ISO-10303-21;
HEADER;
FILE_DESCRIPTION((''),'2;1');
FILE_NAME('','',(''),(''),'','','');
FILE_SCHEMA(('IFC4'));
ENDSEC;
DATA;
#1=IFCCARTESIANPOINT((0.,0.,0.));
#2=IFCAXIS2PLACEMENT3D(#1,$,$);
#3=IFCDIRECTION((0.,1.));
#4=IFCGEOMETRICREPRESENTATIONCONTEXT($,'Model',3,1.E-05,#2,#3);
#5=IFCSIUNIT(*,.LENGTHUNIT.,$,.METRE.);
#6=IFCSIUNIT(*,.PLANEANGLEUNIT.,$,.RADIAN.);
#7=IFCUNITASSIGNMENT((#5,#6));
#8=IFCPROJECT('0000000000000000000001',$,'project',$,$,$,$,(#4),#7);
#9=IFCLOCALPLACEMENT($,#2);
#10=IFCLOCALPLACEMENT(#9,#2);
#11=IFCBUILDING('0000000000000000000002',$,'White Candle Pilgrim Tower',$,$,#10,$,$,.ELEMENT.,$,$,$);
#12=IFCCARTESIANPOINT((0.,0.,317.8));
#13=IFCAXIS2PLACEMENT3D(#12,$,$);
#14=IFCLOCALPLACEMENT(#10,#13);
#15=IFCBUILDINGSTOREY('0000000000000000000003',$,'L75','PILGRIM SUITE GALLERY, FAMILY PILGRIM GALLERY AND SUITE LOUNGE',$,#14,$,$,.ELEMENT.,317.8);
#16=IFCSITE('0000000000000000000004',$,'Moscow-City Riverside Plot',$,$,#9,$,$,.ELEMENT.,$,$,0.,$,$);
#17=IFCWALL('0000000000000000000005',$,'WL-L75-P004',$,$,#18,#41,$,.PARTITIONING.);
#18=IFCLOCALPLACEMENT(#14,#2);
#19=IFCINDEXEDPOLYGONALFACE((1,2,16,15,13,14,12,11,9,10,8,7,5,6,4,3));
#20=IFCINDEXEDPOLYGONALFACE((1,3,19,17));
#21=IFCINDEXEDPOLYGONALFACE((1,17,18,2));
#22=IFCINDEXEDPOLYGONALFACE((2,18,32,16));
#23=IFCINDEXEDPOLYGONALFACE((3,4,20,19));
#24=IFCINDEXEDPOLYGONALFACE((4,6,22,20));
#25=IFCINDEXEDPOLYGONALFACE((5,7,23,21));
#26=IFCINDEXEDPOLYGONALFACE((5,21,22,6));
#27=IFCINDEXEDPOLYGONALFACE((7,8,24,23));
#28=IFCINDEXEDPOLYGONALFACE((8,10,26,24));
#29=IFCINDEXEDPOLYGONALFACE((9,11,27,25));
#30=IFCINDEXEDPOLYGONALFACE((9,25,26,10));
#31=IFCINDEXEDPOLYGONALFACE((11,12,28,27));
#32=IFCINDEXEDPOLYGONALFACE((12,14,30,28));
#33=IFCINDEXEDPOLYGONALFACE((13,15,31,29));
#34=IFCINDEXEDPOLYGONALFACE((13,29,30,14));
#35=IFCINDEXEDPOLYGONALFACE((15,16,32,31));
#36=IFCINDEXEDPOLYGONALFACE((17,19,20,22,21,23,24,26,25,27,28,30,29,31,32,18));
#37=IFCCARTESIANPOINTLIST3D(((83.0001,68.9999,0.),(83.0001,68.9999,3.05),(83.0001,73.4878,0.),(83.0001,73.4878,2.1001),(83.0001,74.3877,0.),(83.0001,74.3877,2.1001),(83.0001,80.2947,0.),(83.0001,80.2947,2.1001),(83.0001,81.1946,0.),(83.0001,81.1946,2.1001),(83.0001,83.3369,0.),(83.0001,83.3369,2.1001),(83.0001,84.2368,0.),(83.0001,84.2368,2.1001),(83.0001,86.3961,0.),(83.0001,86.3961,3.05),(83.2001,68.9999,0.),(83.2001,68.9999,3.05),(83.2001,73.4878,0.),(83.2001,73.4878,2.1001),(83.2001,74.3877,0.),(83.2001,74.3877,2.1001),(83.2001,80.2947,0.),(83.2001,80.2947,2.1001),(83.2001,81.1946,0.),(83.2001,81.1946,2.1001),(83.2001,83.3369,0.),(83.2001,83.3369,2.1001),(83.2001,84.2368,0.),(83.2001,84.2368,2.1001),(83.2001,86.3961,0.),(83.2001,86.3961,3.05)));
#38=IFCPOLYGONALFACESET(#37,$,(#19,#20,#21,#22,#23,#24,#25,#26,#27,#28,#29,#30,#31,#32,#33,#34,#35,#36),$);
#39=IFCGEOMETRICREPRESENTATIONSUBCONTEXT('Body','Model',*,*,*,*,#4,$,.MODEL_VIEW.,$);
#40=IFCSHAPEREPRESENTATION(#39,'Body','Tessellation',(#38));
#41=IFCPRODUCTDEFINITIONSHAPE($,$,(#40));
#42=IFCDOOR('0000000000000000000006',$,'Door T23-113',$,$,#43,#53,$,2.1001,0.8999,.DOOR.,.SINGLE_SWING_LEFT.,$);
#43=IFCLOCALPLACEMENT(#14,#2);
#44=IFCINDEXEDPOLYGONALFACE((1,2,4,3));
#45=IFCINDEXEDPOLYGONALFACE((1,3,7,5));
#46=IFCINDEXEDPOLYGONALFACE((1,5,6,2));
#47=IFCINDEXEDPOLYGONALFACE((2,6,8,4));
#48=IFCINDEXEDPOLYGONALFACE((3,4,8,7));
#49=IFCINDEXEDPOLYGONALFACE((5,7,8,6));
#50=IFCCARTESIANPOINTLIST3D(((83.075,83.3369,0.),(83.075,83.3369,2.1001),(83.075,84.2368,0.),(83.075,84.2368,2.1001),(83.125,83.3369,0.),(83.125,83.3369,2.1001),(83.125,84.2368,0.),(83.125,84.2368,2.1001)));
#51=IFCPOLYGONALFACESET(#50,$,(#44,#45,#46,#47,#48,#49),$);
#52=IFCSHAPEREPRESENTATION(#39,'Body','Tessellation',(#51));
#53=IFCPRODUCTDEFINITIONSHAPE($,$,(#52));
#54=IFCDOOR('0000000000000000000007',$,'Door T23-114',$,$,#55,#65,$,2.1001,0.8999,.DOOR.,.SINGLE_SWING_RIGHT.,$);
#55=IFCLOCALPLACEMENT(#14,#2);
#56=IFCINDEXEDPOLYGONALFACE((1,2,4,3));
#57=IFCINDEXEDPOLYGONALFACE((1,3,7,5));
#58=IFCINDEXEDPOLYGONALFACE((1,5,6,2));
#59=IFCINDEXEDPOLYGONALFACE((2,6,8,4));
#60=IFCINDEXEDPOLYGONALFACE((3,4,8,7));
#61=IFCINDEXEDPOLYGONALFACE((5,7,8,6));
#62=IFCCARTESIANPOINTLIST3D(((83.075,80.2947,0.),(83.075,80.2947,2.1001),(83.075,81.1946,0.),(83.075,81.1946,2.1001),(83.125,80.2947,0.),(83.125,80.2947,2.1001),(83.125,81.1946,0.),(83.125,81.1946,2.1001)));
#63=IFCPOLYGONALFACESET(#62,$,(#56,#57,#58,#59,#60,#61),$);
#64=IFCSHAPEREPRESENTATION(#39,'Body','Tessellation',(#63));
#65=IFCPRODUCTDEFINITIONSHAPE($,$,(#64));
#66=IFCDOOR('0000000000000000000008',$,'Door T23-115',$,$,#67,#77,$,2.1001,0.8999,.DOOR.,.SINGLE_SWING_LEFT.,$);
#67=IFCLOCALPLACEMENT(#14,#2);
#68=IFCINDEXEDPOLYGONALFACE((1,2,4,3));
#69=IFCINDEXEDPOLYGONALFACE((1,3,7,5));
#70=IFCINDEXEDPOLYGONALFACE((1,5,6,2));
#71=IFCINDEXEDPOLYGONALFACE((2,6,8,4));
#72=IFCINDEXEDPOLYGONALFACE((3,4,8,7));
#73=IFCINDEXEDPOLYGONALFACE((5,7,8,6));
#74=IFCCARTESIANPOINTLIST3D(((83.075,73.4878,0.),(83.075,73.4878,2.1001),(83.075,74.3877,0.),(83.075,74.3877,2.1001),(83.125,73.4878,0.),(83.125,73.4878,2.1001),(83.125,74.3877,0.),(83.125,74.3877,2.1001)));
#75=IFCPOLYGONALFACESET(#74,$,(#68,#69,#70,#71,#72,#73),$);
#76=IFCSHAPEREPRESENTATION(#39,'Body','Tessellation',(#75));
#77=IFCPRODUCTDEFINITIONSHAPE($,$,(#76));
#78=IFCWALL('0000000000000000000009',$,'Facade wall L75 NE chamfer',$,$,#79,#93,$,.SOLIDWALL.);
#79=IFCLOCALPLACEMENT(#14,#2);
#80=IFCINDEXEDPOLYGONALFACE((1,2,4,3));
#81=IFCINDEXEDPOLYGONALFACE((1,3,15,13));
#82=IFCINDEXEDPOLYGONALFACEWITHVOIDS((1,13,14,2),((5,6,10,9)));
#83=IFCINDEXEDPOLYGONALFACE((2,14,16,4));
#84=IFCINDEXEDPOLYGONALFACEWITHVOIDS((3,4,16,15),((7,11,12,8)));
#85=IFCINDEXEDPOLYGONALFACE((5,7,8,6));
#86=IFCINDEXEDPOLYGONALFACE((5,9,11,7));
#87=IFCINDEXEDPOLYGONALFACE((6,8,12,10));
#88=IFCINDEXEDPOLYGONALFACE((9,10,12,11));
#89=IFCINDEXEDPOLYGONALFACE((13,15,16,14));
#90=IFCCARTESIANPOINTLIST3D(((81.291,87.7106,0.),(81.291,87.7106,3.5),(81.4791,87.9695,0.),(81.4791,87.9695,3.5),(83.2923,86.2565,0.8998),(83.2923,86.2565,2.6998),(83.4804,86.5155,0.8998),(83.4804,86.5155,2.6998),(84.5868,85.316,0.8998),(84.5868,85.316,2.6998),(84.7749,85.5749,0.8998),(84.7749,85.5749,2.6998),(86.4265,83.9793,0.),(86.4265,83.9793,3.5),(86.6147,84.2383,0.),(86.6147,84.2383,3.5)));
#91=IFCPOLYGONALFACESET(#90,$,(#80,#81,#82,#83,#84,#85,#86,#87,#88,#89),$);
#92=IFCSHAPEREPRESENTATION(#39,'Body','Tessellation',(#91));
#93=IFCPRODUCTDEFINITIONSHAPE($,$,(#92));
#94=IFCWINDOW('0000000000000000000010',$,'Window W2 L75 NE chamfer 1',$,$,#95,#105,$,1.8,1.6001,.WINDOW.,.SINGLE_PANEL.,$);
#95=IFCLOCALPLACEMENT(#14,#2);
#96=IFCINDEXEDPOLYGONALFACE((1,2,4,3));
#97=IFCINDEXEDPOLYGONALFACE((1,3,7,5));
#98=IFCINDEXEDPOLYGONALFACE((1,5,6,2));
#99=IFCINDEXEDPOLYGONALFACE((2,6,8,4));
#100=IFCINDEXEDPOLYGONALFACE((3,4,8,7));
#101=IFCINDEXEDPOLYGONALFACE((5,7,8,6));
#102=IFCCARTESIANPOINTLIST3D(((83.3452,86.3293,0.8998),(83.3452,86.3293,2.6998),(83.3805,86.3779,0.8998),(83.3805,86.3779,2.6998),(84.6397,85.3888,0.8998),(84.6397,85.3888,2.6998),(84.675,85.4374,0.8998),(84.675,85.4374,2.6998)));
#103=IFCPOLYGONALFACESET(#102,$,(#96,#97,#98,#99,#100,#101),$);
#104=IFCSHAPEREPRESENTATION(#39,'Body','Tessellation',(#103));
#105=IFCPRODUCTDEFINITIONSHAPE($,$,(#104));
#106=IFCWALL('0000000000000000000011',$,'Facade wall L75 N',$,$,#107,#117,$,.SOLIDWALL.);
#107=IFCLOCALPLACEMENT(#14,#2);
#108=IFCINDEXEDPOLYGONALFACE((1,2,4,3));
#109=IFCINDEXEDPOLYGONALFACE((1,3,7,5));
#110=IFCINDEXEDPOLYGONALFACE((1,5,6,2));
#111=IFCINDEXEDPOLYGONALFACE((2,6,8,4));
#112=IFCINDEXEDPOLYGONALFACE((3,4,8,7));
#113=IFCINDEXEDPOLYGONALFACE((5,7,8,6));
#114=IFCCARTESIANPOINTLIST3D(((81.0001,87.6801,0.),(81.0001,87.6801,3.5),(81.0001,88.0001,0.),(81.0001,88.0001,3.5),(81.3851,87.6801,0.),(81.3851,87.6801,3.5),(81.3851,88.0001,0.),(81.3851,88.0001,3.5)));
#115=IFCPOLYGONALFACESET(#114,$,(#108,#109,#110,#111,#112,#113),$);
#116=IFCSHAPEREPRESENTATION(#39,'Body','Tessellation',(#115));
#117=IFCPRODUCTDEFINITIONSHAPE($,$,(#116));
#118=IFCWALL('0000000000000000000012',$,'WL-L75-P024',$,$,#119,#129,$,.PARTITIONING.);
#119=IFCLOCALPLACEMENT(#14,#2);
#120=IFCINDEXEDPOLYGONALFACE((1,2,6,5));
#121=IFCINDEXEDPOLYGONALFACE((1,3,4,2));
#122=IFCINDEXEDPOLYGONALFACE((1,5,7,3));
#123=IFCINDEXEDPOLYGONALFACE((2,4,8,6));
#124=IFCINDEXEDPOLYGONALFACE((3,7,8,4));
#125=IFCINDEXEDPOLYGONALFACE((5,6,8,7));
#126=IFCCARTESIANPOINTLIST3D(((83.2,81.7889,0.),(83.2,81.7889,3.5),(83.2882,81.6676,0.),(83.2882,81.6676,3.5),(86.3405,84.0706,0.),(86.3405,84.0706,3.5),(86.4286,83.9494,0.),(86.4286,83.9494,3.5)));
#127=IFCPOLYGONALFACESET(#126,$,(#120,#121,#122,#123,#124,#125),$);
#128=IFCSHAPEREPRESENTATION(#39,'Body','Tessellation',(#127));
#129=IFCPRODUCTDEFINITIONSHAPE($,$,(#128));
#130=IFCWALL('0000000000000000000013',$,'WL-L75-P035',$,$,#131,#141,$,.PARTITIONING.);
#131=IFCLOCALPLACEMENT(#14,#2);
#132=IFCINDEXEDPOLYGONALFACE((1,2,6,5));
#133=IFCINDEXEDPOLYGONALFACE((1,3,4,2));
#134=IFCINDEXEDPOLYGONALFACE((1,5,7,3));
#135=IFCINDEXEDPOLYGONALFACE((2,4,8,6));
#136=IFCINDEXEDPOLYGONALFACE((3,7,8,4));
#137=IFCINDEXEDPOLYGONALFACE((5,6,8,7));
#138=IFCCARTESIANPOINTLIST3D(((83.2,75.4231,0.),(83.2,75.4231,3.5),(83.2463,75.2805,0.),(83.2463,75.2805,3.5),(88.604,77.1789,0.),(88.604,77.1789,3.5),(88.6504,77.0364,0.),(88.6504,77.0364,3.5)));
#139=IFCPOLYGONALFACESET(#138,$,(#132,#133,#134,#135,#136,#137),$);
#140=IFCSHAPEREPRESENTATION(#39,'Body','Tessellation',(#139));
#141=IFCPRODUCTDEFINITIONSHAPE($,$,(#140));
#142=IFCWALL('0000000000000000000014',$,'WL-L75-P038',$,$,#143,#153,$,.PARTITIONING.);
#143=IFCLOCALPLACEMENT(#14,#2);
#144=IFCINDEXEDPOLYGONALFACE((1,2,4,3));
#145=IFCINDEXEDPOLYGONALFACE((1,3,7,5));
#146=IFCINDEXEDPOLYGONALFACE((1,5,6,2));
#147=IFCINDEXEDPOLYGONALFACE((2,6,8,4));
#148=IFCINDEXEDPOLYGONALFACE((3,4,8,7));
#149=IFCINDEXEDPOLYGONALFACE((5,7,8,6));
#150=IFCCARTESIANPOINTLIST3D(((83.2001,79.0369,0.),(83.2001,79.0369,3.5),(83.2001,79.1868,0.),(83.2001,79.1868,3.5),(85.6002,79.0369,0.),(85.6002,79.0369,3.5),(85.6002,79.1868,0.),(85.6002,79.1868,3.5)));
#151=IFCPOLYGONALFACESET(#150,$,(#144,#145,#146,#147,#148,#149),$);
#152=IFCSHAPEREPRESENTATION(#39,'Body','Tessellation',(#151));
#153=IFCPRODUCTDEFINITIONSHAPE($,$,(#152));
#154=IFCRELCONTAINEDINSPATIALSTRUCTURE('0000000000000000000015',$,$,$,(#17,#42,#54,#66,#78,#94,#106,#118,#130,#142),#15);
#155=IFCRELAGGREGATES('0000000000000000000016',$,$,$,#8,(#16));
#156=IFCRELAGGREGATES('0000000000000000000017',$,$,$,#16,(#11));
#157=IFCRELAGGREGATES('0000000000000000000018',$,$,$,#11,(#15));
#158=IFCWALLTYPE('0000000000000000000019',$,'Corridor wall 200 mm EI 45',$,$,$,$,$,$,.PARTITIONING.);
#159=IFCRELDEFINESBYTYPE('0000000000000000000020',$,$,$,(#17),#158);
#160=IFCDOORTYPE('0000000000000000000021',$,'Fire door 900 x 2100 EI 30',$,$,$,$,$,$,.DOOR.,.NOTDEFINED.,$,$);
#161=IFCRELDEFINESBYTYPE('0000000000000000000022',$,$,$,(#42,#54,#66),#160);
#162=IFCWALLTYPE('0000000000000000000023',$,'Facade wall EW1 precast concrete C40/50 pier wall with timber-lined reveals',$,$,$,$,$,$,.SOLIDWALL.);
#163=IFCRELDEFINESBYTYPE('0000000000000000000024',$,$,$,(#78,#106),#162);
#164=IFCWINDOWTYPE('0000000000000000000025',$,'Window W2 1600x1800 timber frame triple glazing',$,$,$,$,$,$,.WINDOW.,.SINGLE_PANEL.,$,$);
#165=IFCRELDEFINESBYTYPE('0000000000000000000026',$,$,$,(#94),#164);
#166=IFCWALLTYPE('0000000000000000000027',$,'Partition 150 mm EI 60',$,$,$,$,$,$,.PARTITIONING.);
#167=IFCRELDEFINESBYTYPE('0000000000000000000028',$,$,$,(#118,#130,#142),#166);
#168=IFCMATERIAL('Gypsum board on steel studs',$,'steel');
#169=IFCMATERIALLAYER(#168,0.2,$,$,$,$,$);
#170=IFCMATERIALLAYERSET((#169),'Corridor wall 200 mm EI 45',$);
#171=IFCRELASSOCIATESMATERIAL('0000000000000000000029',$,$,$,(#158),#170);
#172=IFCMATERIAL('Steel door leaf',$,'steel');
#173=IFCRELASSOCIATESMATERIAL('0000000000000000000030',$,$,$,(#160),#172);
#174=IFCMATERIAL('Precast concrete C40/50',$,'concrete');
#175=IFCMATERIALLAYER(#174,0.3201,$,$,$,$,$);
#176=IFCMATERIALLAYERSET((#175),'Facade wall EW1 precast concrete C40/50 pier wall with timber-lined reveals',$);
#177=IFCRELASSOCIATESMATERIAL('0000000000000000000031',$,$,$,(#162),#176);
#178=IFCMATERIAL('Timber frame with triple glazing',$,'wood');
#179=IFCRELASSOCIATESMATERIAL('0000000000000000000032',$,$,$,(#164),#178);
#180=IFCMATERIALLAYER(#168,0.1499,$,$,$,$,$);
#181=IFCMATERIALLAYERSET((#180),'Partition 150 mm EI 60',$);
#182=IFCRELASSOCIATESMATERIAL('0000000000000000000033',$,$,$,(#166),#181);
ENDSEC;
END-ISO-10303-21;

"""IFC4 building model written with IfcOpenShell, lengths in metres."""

from ifc_helpers import new_model, si_unit, direction, frame, frame_2d, origin, place, context, subcontext, project, spatial, rectangle, extrude, material, layer, layer_set, type_object, element, fill, save


model = new_model("IFC4")

# Units and contexts
model_context = context("Model", 3, precision=1e-05, world=origin(), true_north=direction((0.0, 1.0)))
body_context = subcontext(model_context, "Body", "Model", "MODEL_VIEW")
ifc_project = project(units=[si_unit("LENGTHUNIT", "METRE"), si_unit("PLANEANGLEUNIT", "RADIAN")], contexts=[model_context])

# Site, building, storey
site_placement = place(None, origin())
site = spatial("IfcSite", under=ifc_project, at=site_placement, Name="Moscow-City Riverside Plot", CompositionType="ELEMENT", RefElevation=0.0)
building_placement = place(site_placement, origin())
building = spatial("IfcBuilding", under=site, at=building_placement, Name="White Candle Pilgrim Tower", CompositionType="ELEMENT")
storey_placement = place(building_placement, frame((0.0, 0.0, 317.8)))
storey = spatial("IfcBuildingStorey", under=building, at=storey_placement, Name="L75", Description="PILGRIM SUITE GALLERY, FAMILY PILGRIM GALLERY AND SUITE LOUNGE", CompositionType="ELEMENT", Elevation=317.8)

# Shared definitions
ifc_material_1 = material(Name="Steel door leaf", Category="steel")

# Wall, openings, doors
ifc_material_2 = material(Name="Gypsum board on steel studs", Category="steel")
ifc_layer_1 = layer(ifc_material_2, 0.2)
ifc_layer_set_1 = layer_set([ifc_layer_1], Name="Corridor wall 200 mm EI 45")
wall_type_1 = type_object("IfcWallType", Name="Corridor wall 200 mm EI 45", PredefinedType="PARTITIONING", material=ifc_layer_set_1)
wall_1_placement = place(storey_placement, frame((83.1001, 86.3962, 0.0), z_axis=(0.0, 0.0, 1.0), x_axis=(0.0, -1.0, 0.0)))
wall_1 = element("IfcWall", 1, at=wall_1_placement, inside=storey, type_object=wall_type_1, Name="WL-L75-P004", PredefinedType="PARTITIONING", context=body_context, shape_type="SweptSolid", body=[
    extrude(rectangle(XDim=17.3962, YDim=0.2, at=frame_2d((8.6982, 0.0))), origin(), (0.0, 0.0, 1.0), 3.05),
])
opening_1_placement = place(wall_1_placement, frame((2.1594, 0.0, 0.0)))
opening_1 = element("IfcOpeningElement", 2, at=opening_1_placement, cuts=wall_1, PredefinedType="OPENING", context=body_context, shape_type="SweptSolid", body=[
    extrude(rectangle(XDim=0.8999, YDim=2.1001, at=frame_2d((0.45, 1.05))), frame((0.0, 0.1099, 0.0), z_axis=(0.0, -1.0, 0.0), x_axis=(1.0, 0.0, 0.0)), (0.0, 0.0, 1.0), 0.22),
])
opening_2_placement = place(wall_1_placement, frame((5.2017, 0.0, 0.0)))
opening_2 = element("IfcOpeningElement", 3, at=opening_2_placement, cuts=wall_1, PredefinedType="OPENING", context=body_context, shape_type="SweptSolid", body=[
    extrude(rectangle(XDim=0.8999, YDim=2.1001, at=frame_2d((0.45, 1.05))), frame((0.0, 0.1099, 0.0), z_axis=(0.0, -1.0, 0.0), x_axis=(1.0, 0.0, 0.0)), (0.0, 0.0, 1.0), 0.22),
])
opening_3_placement = place(wall_1_placement, frame((12.0085, 0.0, 0.0)))
opening_3 = element("IfcOpeningElement", 4, at=opening_3_placement, cuts=wall_1, PredefinedType="OPENING", context=body_context, shape_type="SweptSolid", body=[
    extrude(rectangle(XDim=0.8999, YDim=2.1001, at=frame_2d((0.45, 1.05))), frame((0.0, 0.1099, 0.0), z_axis=(0.0, -1.0, 0.0), x_axis=(1.0, 0.0, 0.0)), (0.0, 0.0, 1.0), 0.22),
])
door_type_1 = type_object("IfcDoorType", Name="Fire door 900 x 2100 EI 30", OperationType="NOTDEFINED", PredefinedType="DOOR", material=ifc_material_1)
door_1_placement = place(opening_1_placement, origin())
door_1 = element("IfcDoor", 5, at=door_1_placement, inside=storey, type_object=door_type_1, Name="Door T23-113", OperationType="SINGLE_SWING_LEFT", OverallHeight=2.1001, OverallWidth=0.8999, PredefinedType="DOOR", context=body_context, shape_type="SweptSolid", body=[
    extrude(rectangle(XDim=0.8999, YDim=2.1001, at=frame_2d((0.45, 1.05))), frame((0.0, 0.0249, 0.0), z_axis=(0.0, -1.0, 0.0), x_axis=(1.0, 0.0, 0.0)), (0.0, 0.0, 1.0), 0.05),
])
fill(opening_1, door_1)
door_2_placement = place(opening_2_placement, origin())
door_2 = element("IfcDoor", 6, at=door_2_placement, inside=storey, type_object=door_type_1, Name="Door T23-114", OperationType="SINGLE_SWING_RIGHT", OverallHeight=2.1001, OverallWidth=0.8999, PredefinedType="DOOR", context=body_context, shape_type="SweptSolid", body=[
    extrude(rectangle(XDim=0.8999, YDim=2.1001, at=frame_2d((0.45, 1.05))), frame((0.0, 0.0249, 0.0), z_axis=(0.0, -1.0, 0.0), x_axis=(1.0, 0.0, 0.0)), (0.0, 0.0, 1.0), 0.05),
])
fill(opening_2, door_2)
door_3_placement = place(opening_3_placement, origin())
door_3 = element("IfcDoor", 7, at=door_3_placement, inside=storey, type_object=door_type_1, Name="Door T23-115", OperationType="SINGLE_SWING_LEFT", OverallHeight=2.1001, OverallWidth=0.8999, PredefinedType="DOOR", context=body_context, shape_type="SweptSolid", body=[
    extrude(rectangle(XDim=0.8999, YDim=2.1001, at=frame_2d((0.45, 1.05))), frame((0.0, 0.0249, 0.0), z_axis=(0.0, -1.0, 0.0), x_axis=(1.0, 0.0, 0.0)), (0.0, 0.0, 1.0), 0.05),
])
fill(opening_3, door_3)

# Wall, opening, window
ifc_material_3 = material(Name="Precast concrete C40/50", Category="concrete")
ifc_layer_2 = layer(ifc_material_3, 0.3201)
ifc_layer_set_2 = layer_set([ifc_layer_2], Name="Facade wall EW1 precast concrete C40/50 pier wall with timber-lined reveals")
wall_type_2 = type_object("IfcWallType", Name="Facade wall EW1 precast concrete C40/50 pier wall with timber-lined reveals", PredefinedType="SOLIDWALL", material=ifc_layer_set_2)
wall_2_placement = place(storey_placement, frame((86.5205, 84.1089, 0.0), z_axis=(0.0, 0.0, 1.0), x_axis=(-0.809014, 0.58779, 0.0)))
wall_2 = element("IfcWall", 8, at=wall_2_placement, inside=storey, type_object=wall_type_2, Name="Facade wall L75 NE chamfer", PredefinedType="SOLIDWALL", context=body_context, shape_type="SweptSolid", body=[
    extrude(rectangle(XDim=6.3479, YDim=0.3201, at=frame_2d((3.1738, 0.0))), origin(), (0.0, 0.0, 1.0), 3.5),
])
opening_4_placement = place(wall_2_placement, frame((2.2739, 0.0, 0.8999)))
opening_4 = element("IfcOpeningElement", 9, at=opening_4_placement, cuts=wall_2, PredefinedType="OPENING", context=body_context, shape_type="SweptSolid", body=[
    extrude(rectangle(XDim=1.6001, YDim=1.8, at=frame_2d((0.8, 0.8999))), frame((0.0, 0.1699, 0.0), z_axis=(0.0, -1.0, 0.0), x_axis=(1.0, 0.0, 0.0)), (0.0, 0.0, 1.0), 0.3401),
])
ifc_material_4 = material(Name="Timber frame with triple glazing", Category="wood")
window_type = type_object("IfcWindowType", Name="Window W2 1600x1800 timber frame triple glazing", PartitioningType="SINGLE_PANEL", PredefinedType="WINDOW", material=ifc_material_4)
window_placement = place(opening_4_placement, origin())
window = element("IfcWindow", 10, at=window_placement, inside=storey, type_object=window_type, Name="Window W2 L75 NE chamfer 1", OverallHeight=1.8, OverallWidth=1.6001, PartitioningType="SINGLE_PANEL", PredefinedType="WINDOW", context=body_context, shape_type="SweptSolid", body=[
    extrude(rectangle(XDim=1.6001, YDim=1.8, at=frame_2d((0.8, 0.8999))), frame((0.0, 0.0701, 0.0), z_axis=(0.0, -1.0, 0.0), x_axis=(1.0, 0.0, 0.0)), (0.0, 0.0, 1.0), 0.0601),
])
fill(opening_4, window)

# Walls
wall_3_placement = place(storey_placement, frame((81.385, 87.8401, 0.0), z_axis=(0.0, 0.0, 1.0), x_axis=(-1.0, 0.0, 0.0)))
element("IfcWall", 11, at=wall_3_placement, inside=storey, type_object=wall_type_2, Name="Facade wall L75 N", PredefinedType="SOLIDWALL", context=body_context, shape_type="SweptSolid", body=[
    extrude(rectangle(XDim=0.385, YDim=0.3201, at=frame_2d((0.1924, 0.0))), origin(), (0.0, 0.0, 1.0), 3.5),
])
ifc_layer_3 = layer(ifc_material_2, 0.1499)
ifc_layer_set_3 = layer_set([ifc_layer_3], Name="Partition 150 mm EI 60")
wall_type_3 = type_object("IfcWallType", Name="Partition 150 mm EI 60", PredefinedType="PARTITIONING", material=ifc_layer_set_3)
wall_4_placement = place(storey_placement, frame((86.3845, 84.01, 0.0), z_axis=(0.0, 0.0, 1.0), x_axis=(-0.809003, -0.587805, 0.0)))
element("IfcWall", 12, at=wall_4_placement, inside=storey, type_object=wall_type_3, Name="WL-L75-P024", PredefinedType="PARTITIONING", context=body_context, shape_type="SweptSolid", body=[
    extrude(rectangle(XDim=3.8818, YDim=0.1499, at=frame_2d((1.9409, 0.0))), origin(), (0.0, 0.0, 1.0), 3.5),
])
wall_5_placement = place(storey_placement, frame((88.6272, 77.1077, 0.0), z_axis=(0.0, 0.0, 1.0), x_axis=(-0.951058, -0.309013, 0.0)))
element("IfcWall", 13, at=wall_5_placement, inside=storey, type_object=wall_type_3, Name="WL-L75-P035", PredefinedType="PARTITIONING", context=body_context, shape_type="SweptSolid", body=[
    extrude(rectangle(XDim=5.6821, YDim=0.1499, at=frame_2d((2.8411, 0.0))), origin(), (0.0, 0.0, 1.0), 3.5),
])
wall_6_placement = place(storey_placement, frame((83.2, 79.1118, 0.0), z_axis=(0.0, 0.0, 1.0), x_axis=(1.0, 0.0, 0.0)))
element("IfcWall", 14, at=wall_6_placement, inside=storey, type_object=wall_type_3, Name="WL-L75-P038", PredefinedType="PARTITIONING", context=body_context, shape_type="SweptSolid", body=[
    extrude(rectangle(XDim=2.4001, YDim=0.1499, at=frame_2d((1.2002, 0.0))), origin(), (0.0, 0.0, 1.0), 3.5),
])

save(model, "model.ifc")
